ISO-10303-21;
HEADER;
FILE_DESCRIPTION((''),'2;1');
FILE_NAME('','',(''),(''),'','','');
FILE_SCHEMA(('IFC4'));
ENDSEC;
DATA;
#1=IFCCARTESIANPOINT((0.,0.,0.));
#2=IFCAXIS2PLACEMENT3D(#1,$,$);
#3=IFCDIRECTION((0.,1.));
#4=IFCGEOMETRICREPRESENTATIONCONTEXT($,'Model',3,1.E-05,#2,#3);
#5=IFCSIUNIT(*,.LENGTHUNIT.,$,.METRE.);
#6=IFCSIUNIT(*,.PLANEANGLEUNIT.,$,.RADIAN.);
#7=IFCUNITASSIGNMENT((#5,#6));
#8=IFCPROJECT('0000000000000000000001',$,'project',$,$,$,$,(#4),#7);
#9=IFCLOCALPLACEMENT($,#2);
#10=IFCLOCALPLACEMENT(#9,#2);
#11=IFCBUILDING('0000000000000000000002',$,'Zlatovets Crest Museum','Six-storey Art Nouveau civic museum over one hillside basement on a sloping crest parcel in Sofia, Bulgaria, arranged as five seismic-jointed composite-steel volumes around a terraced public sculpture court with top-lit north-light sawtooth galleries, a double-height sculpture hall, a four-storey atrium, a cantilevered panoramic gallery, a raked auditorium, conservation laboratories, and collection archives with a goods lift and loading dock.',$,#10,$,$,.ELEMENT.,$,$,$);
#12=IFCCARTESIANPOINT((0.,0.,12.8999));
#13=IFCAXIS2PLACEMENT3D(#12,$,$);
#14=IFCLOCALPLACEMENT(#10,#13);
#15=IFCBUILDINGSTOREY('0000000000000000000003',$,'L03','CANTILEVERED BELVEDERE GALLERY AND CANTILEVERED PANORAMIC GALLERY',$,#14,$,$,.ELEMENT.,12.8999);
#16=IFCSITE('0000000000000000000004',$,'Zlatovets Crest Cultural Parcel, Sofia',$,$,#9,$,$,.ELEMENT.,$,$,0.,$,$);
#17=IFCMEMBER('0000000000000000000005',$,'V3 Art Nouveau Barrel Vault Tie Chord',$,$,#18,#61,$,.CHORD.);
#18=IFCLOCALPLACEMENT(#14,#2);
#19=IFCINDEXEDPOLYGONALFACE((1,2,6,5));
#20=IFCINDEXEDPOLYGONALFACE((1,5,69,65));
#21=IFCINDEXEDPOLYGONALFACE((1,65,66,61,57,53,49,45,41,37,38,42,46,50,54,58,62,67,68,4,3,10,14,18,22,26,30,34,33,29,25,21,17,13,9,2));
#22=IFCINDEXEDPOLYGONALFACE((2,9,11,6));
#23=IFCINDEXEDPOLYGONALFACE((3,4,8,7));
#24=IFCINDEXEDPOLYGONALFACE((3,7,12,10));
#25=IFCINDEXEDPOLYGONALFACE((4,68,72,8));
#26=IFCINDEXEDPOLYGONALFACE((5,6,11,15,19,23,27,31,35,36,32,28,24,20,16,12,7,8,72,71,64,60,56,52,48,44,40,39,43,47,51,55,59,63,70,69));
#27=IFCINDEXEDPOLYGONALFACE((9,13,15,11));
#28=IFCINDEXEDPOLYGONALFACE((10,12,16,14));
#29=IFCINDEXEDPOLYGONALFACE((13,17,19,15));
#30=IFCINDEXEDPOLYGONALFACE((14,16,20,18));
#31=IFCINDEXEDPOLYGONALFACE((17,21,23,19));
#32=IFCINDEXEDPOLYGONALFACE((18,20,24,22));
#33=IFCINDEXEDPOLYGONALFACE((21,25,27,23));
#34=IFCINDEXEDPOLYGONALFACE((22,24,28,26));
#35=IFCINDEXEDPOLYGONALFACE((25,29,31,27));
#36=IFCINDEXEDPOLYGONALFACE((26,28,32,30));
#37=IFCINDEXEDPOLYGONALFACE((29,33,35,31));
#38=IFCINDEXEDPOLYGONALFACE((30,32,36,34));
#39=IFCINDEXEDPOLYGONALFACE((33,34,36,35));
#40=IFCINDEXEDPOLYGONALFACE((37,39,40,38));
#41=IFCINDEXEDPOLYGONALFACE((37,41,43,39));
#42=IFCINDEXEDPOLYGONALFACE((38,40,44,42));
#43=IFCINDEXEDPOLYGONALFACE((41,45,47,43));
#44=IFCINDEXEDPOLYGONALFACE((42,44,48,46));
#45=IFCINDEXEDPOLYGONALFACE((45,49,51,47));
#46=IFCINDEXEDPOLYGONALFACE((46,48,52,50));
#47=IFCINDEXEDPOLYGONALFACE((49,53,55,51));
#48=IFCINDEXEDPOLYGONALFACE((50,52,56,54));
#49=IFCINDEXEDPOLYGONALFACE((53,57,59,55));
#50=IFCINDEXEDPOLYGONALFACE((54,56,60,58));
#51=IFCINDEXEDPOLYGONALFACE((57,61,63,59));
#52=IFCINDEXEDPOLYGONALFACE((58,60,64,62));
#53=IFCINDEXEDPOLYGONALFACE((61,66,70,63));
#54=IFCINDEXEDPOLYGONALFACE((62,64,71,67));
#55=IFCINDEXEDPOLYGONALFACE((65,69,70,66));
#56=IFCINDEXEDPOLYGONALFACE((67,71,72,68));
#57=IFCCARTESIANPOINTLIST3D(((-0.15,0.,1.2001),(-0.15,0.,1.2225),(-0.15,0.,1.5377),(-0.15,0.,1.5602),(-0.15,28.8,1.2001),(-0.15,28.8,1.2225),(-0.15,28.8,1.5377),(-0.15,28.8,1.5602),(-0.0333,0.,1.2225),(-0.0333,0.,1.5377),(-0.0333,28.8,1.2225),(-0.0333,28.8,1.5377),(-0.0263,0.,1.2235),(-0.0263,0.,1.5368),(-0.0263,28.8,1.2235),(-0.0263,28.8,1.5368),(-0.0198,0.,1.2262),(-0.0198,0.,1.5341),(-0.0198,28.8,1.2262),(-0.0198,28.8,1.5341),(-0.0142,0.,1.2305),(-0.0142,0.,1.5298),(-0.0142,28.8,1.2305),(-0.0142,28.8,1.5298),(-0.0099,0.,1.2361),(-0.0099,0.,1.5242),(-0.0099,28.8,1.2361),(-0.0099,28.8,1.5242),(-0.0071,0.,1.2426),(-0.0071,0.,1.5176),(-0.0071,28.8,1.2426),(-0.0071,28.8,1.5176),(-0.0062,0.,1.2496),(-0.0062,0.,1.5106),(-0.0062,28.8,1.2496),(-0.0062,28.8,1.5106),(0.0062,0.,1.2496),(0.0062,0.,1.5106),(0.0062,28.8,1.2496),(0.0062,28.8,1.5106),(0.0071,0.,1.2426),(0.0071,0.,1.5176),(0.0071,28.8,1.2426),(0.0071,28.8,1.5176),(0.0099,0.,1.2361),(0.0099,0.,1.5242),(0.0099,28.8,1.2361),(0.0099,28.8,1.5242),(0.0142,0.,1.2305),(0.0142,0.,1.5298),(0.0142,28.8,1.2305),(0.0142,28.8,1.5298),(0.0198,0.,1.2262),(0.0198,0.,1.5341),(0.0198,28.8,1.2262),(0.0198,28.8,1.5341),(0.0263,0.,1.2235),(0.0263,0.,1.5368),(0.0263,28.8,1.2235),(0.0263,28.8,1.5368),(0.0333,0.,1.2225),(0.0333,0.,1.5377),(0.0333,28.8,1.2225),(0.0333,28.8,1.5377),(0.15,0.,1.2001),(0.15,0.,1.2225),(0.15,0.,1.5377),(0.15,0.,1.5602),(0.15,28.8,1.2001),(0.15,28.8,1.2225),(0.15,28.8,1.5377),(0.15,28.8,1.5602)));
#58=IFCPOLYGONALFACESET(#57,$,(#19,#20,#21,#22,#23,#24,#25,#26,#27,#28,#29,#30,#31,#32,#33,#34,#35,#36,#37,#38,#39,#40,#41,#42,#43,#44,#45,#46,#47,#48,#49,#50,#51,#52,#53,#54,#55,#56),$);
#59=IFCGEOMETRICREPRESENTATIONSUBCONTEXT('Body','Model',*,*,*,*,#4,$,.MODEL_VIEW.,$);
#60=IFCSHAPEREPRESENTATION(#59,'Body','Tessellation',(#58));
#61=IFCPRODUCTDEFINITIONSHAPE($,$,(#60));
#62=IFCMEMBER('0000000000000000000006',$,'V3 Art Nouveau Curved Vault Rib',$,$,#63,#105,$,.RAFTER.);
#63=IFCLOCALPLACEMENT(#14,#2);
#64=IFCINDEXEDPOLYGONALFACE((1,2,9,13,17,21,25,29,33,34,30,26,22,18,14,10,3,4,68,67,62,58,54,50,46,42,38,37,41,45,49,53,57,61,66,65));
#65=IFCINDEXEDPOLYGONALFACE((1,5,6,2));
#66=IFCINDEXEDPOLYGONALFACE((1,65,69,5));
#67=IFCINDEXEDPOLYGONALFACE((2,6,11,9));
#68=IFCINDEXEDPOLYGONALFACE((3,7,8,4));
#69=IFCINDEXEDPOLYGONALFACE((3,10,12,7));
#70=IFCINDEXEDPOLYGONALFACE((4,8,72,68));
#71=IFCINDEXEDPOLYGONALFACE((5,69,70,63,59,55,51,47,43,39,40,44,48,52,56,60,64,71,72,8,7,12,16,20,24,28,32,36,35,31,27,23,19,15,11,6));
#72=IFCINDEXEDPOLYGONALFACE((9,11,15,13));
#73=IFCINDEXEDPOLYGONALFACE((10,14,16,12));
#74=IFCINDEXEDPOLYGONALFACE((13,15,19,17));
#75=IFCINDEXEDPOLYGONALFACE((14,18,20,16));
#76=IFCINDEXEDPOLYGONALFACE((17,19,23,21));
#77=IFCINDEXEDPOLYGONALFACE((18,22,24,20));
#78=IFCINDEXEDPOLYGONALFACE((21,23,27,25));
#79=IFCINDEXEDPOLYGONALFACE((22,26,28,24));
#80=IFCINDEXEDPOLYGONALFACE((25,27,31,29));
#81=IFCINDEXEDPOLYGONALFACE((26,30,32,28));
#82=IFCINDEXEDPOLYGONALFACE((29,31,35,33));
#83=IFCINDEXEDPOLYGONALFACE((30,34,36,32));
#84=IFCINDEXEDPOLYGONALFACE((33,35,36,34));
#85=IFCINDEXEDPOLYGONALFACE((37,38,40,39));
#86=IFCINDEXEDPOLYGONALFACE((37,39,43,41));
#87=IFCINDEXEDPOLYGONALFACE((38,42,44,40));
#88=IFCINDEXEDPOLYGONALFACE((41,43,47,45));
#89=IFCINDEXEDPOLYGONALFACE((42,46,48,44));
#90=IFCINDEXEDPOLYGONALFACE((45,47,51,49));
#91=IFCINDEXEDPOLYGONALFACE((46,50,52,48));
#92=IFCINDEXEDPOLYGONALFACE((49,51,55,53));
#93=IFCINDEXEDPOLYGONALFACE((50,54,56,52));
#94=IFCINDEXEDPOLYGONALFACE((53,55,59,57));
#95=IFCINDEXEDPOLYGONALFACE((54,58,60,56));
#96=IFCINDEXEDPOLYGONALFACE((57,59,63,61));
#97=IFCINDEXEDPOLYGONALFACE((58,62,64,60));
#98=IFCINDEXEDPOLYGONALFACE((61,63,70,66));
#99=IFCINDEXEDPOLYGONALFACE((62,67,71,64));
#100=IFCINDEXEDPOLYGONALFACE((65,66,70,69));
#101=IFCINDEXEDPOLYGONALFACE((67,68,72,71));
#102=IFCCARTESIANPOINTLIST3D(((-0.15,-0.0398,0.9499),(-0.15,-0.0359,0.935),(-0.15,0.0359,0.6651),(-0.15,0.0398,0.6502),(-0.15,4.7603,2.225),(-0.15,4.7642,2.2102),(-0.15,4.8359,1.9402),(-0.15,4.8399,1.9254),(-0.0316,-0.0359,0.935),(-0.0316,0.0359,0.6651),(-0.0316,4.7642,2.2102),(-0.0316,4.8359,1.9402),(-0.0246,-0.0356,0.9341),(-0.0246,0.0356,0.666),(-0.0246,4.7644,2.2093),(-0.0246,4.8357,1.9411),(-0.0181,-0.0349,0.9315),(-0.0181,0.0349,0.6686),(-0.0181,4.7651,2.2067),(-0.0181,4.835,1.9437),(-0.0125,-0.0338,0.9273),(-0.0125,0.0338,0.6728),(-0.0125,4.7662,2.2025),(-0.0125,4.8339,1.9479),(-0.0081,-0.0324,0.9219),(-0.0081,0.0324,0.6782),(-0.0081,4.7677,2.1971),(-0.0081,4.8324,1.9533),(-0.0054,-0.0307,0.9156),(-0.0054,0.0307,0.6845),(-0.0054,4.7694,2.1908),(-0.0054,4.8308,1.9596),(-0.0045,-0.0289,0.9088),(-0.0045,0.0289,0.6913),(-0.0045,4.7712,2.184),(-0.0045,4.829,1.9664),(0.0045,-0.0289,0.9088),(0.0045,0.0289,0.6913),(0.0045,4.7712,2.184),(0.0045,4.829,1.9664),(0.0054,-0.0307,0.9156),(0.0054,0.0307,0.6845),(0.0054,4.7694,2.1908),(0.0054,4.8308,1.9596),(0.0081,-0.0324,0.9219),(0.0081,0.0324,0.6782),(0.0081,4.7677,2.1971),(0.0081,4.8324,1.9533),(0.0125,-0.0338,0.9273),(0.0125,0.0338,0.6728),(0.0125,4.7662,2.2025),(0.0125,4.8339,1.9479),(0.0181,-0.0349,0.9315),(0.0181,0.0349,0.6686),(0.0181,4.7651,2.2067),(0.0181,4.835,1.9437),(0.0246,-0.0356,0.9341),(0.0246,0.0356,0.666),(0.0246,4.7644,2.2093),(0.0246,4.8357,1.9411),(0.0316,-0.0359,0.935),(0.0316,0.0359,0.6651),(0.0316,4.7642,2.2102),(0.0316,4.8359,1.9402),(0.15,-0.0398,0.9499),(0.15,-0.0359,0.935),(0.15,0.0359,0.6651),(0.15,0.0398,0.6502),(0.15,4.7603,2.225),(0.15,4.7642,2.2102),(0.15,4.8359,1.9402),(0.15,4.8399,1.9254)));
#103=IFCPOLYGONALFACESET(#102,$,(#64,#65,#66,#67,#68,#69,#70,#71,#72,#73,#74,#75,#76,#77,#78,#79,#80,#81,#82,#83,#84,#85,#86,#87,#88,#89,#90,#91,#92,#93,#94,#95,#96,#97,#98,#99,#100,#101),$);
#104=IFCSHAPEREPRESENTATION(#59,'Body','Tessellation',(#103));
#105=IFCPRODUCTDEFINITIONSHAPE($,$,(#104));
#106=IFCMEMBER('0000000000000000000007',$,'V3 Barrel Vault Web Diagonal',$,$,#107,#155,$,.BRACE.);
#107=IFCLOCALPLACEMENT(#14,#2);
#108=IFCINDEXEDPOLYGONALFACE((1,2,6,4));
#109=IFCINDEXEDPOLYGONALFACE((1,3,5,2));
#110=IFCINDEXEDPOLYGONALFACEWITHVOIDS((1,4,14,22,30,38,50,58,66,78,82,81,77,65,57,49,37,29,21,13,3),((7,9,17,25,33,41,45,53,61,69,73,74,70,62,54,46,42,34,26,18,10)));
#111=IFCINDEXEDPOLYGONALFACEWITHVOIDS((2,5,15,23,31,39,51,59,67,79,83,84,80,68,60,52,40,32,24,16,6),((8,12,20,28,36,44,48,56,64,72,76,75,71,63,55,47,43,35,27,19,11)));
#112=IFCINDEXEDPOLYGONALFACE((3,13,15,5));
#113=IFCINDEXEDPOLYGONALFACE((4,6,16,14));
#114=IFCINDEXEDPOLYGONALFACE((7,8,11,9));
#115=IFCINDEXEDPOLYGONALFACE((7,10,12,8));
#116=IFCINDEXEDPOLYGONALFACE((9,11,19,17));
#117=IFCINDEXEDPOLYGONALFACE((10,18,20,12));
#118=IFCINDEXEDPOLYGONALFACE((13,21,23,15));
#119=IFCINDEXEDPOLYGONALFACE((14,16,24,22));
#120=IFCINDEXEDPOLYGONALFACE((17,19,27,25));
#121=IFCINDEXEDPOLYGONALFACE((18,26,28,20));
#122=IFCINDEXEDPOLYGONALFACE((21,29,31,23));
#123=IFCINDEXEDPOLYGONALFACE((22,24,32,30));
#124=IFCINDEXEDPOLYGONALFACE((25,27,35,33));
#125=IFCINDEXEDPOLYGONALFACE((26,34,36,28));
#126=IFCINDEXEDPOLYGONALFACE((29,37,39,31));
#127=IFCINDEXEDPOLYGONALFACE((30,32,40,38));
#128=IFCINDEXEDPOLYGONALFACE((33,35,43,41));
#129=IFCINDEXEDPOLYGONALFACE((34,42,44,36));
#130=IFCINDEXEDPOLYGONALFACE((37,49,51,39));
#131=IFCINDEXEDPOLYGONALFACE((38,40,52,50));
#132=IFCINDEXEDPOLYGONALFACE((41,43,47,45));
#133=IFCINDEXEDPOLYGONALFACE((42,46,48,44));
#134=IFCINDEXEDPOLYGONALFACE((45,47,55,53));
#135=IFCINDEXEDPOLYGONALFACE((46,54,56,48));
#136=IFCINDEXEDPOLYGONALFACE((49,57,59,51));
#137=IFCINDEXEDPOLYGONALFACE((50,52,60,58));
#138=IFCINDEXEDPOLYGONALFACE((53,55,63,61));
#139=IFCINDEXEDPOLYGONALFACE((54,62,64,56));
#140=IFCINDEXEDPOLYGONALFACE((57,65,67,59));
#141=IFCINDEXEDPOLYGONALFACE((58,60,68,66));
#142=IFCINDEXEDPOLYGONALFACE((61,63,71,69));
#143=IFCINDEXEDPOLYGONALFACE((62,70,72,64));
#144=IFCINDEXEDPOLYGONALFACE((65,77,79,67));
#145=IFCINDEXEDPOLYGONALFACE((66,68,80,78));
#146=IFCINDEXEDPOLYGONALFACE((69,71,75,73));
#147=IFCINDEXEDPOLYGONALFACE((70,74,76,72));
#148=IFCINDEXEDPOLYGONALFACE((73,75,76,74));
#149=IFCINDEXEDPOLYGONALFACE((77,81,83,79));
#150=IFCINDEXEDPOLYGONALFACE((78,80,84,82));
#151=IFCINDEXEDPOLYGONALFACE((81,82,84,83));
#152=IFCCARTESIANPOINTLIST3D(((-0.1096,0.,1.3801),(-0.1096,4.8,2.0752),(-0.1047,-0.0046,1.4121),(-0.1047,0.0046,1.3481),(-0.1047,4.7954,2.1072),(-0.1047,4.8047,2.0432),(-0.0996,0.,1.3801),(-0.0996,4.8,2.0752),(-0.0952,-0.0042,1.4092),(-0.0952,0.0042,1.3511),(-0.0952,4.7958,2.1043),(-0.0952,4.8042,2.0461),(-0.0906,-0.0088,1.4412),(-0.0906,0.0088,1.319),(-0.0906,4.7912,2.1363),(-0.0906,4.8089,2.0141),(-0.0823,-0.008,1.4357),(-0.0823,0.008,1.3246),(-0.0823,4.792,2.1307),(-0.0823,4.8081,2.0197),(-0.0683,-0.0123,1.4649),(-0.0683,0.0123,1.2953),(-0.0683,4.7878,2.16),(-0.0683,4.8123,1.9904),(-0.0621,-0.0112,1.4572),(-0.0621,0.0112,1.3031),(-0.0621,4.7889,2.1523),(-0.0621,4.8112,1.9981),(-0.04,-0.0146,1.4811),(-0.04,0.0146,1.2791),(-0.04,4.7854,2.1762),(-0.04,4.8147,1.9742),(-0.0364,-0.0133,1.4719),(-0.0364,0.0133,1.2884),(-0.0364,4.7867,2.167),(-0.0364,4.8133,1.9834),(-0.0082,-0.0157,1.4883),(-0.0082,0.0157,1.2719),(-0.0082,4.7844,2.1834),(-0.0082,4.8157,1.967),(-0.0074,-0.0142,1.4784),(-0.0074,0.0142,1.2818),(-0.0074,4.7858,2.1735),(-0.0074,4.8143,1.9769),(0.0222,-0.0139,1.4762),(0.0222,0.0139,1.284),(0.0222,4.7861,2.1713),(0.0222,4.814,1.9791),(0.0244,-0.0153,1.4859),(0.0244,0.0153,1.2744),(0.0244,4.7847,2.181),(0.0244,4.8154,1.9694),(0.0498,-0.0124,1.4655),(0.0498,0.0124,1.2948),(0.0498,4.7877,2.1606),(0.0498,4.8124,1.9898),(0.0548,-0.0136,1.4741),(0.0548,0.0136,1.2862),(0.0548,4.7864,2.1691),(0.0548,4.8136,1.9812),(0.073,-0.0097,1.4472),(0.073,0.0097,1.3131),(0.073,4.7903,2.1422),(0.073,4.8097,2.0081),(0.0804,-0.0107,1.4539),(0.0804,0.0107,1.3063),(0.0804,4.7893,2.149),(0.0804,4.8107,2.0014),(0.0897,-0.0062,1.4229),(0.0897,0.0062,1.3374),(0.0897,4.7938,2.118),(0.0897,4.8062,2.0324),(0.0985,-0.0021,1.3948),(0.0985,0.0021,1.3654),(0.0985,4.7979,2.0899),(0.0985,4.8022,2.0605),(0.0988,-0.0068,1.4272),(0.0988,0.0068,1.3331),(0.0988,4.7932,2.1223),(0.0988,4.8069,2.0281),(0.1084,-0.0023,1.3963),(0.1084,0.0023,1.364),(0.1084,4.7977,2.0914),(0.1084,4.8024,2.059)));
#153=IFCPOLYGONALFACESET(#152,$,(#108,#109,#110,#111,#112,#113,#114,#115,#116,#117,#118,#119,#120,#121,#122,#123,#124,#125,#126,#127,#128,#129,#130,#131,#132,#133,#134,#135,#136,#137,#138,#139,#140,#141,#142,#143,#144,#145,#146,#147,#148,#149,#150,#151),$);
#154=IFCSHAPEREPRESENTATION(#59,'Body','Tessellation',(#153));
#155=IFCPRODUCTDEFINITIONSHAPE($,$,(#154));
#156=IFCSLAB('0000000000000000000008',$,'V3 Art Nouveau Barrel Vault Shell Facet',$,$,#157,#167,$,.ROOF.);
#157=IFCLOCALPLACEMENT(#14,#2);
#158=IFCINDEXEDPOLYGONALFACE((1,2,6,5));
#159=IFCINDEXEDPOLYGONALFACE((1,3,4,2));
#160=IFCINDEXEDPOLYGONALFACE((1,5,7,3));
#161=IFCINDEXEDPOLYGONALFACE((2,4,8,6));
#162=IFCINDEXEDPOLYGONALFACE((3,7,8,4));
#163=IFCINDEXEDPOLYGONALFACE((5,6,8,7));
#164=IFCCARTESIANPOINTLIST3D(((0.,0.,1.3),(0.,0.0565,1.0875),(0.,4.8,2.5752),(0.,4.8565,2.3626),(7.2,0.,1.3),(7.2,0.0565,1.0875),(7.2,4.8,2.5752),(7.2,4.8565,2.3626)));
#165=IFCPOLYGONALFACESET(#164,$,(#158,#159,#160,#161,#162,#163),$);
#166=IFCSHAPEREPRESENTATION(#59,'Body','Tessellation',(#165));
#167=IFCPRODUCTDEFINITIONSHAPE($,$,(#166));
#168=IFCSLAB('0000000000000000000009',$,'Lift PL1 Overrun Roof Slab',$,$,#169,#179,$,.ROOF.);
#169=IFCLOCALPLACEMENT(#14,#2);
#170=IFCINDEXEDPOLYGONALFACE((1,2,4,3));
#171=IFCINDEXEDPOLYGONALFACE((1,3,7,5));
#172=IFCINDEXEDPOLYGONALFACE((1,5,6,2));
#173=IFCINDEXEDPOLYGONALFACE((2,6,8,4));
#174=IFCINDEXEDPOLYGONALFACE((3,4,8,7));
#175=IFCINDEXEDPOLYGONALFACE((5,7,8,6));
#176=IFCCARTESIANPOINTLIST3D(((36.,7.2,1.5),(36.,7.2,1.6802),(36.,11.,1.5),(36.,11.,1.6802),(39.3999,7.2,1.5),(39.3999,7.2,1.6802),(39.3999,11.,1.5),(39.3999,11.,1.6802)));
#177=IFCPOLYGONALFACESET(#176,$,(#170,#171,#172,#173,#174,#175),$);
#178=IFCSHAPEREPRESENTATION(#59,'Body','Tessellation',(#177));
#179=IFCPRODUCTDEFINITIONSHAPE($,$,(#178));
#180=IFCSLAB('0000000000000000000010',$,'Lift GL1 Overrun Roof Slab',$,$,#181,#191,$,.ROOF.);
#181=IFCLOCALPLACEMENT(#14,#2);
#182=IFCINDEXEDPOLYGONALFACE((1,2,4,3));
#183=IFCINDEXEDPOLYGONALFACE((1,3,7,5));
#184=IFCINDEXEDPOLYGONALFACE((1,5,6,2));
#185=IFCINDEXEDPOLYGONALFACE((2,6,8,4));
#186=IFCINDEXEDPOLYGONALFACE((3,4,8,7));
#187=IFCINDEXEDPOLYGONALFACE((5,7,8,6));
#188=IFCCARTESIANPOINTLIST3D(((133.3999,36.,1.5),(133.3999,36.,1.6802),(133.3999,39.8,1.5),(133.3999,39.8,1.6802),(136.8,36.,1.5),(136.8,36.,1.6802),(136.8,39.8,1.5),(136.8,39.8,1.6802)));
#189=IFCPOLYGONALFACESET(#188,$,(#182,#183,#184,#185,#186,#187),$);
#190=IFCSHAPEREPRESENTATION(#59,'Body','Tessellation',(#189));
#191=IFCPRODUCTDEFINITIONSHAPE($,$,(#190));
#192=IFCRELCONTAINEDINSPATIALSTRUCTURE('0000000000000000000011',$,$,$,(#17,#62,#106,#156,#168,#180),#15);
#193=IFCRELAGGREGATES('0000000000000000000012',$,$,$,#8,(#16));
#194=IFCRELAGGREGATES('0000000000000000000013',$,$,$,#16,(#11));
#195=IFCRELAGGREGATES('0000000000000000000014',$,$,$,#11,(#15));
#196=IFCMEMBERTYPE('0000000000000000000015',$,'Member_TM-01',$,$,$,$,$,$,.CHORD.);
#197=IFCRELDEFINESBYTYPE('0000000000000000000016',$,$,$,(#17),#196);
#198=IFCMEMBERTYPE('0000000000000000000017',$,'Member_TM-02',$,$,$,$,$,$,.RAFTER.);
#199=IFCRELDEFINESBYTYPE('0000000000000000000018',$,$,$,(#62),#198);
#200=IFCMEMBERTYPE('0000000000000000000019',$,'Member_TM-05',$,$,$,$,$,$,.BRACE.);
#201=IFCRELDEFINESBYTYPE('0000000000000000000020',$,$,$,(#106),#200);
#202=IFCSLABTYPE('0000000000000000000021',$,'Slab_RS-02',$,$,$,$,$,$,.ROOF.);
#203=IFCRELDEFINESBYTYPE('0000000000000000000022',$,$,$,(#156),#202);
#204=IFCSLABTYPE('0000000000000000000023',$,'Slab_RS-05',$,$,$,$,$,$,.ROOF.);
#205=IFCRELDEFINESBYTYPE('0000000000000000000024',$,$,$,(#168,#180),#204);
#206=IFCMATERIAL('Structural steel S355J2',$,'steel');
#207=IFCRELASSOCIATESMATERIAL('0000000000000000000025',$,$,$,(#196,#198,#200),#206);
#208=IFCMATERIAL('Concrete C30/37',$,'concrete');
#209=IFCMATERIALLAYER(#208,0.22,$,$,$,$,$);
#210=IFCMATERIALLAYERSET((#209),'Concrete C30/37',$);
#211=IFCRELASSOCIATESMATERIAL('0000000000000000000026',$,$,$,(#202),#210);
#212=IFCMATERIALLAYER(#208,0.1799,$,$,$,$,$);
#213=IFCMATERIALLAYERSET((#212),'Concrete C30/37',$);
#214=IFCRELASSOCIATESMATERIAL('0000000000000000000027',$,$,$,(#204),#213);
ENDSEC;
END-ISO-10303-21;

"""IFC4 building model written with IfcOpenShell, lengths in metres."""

from ifc_helpers import new_model, si_unit, direction, frame, origin, origin_2d, place, context, subcontext, project, spatial, polyline, hollow_circle, i_section, outline, extrude, material, layer, layer_set, material_profile, profile_set, type_object, element, save


model = new_model("IFC4")

# Units and contexts
model_context = context("Model", 3, precision=1e-05, world=origin(), true_north=direction((0.0, 1.0)))
body_context = subcontext(model_context, "Body", "Model", "MODEL_VIEW")
ifc_project = project(units=[si_unit("LENGTHUNIT", "METRE"), si_unit("PLANEANGLEUNIT", "RADIAN")], contexts=[model_context])

# Site, building, storey
site_placement = place(None, origin())
site = spatial("IfcSite", under=ifc_project, at=site_placement, Name="Zlatovets Crest Cultural Parcel, Sofia", CompositionType="ELEMENT", RefElevation=0.0)
building_placement = place(site_placement, origin())
building = spatial("IfcBuilding", under=site, at=building_placement, Name="Zlatovets Crest Museum", Description="Six-storey Art Nouveau civic museum over one hillside basement on a sloping crest parcel in Sofia, Bulgaria, arranged as five seismic-jointed composite-steel volumes around a terraced public sculpture court with top-lit north-light sawtooth galleries, a double-height sculpture hall, a four-storey atrium, a cantilevered panoramic gallery, a raked auditorium, conservation laboratories, and collection archives with a goods lift and loading dock.", CompositionType="ELEMENT")
storey_placement = place(building_placement, frame((0.0, 0.0, 12.8999)))
storey = spatial("IfcBuildingStorey", under=building, at=storey_placement, Name="L03", Description="CANTILEVERED BELVEDERE GALLERY AND CANTILEVERED PANORAMIC GALLERY", CompositionType="ELEMENT", Elevation=12.8999)

# Members
ifc_material_1 = material(Name="Structural steel S355J2", Category="steel")
ifc_material_profile_1 = material_profile(ifc_material_1, i_section(OverallWidth=0.3, OverallDepth=0.3601, WebThickness=0.0125, FlangeThickness=0.0225, FilletRadius=0.0271, at=origin_2d()), Name="HEB 360")
ifc_profile_set_1 = profile_set([ifc_material_profile_1], Name="Structural steel S355J2")
member_type_1 = type_object("IfcMemberType", Name="Member_TM-01", PredefinedType="CHORD", material=ifc_profile_set_1)
member_1_placement = place(storey_placement, frame((0.0, 0.0, 1.3801), z_axis=(0.0, 1.0, 0.0), x_axis=(-1.0, 0.0, 0.0)))
element("IfcMember", 1, at=member_1_placement, inside=storey, type_object=member_type_1, Name="V3 Art Nouveau Barrel Vault Tie Chord", PredefinedType="CHORD", context=body_context, shape_type="SweptSolid", body=[
    extrude(i_section(OverallWidth=0.3, OverallDepth=0.3601, WebThickness=0.0125, FlangeThickness=0.0225, FilletRadius=0.0271, at=origin_2d()), origin(), (0.0, 0.0, 1.0), 28.8),
])
ifc_material_profile_2 = material_profile(ifc_material_1, i_section(OverallWidth=0.3, OverallDepth=0.3101, WebThickness=0.009, FlangeThickness=0.0154, FilletRadius=0.0271, at=origin_2d()), Name="HEA 320")
ifc_profile_set_2 = profile_set([ifc_material_profile_2], Name="Structural steel S355J2")
member_type_2 = type_object("IfcMemberType", Name="Member_TM-02", PredefinedType="RAFTER", material=ifc_profile_set_2)
member_2_placement = place(storey_placement, frame((0.0, 0.0, 0.8), z_axis=(0.0, 0.966478, 0.256748), x_axis=(-1.0, 0.0, 0.0)))
element("IfcMember", 2, at=member_2_placement, inside=storey, type_object=member_type_2, Name="V3 Art Nouveau Curved Vault Rib", PredefinedType="RAFTER", context=body_context, shape_type="SweptSolid", body=[
    extrude(i_section(OverallWidth=0.3, OverallDepth=0.3101, WebThickness=0.009, FlangeThickness=0.0154, FilletRadius=0.0271, at=origin_2d()), origin(), (0.0, 0.0, 1.0), 4.9666),
])
ifc_material_profile_3 = material_profile(ifc_material_1, hollow_circle(Radius=0.1096, WallThickness=0.01, at=origin_2d()), Name="CHS 219.1x10.0")
ifc_profile_set_3 = profile_set([ifc_material_profile_3], Name="Structural steel S355J2")
member_type_3 = type_object("IfcMemberType", Name="Member_TM-05", PredefinedType="BRACE", material=ifc_profile_set_3)
member_3_placement = place(storey_placement, frame((0.0, 0.0, 1.3801), z_axis=(0.0, 0.989678, 0.14331), x_axis=(-1.0, 0.0, 0.0)))
element("IfcMember", 3, at=member_3_placement, inside=storey, type_object=member_type_3, Name="V3 Barrel Vault Web Diagonal", PredefinedType="BRACE", context=body_context, shape_type="SweptSolid", body=[
    extrude(hollow_circle(Radius=0.1096, WallThickness=0.01, at=origin_2d()), origin(), (0.0, 0.0, 1.0), 4.8501),
])

# Slabs
ifc_material_2 = material(Name="Concrete C30/37", Category="concrete")
ifc_layer_1 = layer(ifc_material_2, 0.22)
ifc_layer_set_1 = layer_set([ifc_layer_1], Name="Concrete C30/37")
slab_type_1 = type_object("IfcSlabType", Name="Slab_RS-02", PredefinedType="ROOF", material=ifc_layer_set_1)
slab_1_placement = place(storey_placement, frame((0.0, 0.0, 1.3), z_axis=(0.0, -0.256748, 0.966478), x_axis=(1.0, 0.0, 0.0)))
element("IfcSlab", 4, at=slab_1_placement, inside=storey, type_object=slab_type_1, Name="V3 Art Nouveau Barrel Vault Shell Facet", PredefinedType="ROOF", context=body_context, shape_type="SweptSolid", body=[
    extrude(outline(polyline([(0.0, 0.0), (7.2, 0.0), (7.2, 4.9665), (0.0, 4.9665), (0.0, 0.0)])), origin(), (0.0, 0.0, -1.0), 0.22),
])
ifc_layer_2 = layer(ifc_material_2, 0.1799)
ifc_layer_set_2 = layer_set([ifc_layer_2], Name="Concrete C30/37")
slab_type_2 = type_object("IfcSlabType", Name="Slab_RS-05", PredefinedType="ROOF", material=ifc_layer_set_2)
slab_2_placement = place(storey_placement, frame((0.0, 0.0, 1.5)))
element("IfcSlab", 5, at=slab_2_placement, inside=storey, type_object=slab_type_2, Name="Lift PL1 Overrun Roof Slab", PredefinedType="ROOF", context=body_context, shape_type="SweptSolid", body=[
    extrude(outline(polyline([(36.0, 7.2), (39.3999, 7.2), (39.3999, 11.0), (36.0, 11.0), (36.0, 7.2)])), origin(), (0.0, 0.0, 1.0), 0.1802),
])
slab_3_placement = place(storey_placement, frame((0.0, 0.0, 1.5)))
element("IfcSlab", 6, at=slab_3_placement, inside=storey, type_object=slab_type_2, Name="Lift GL1 Overrun Roof Slab", PredefinedType="ROOF", context=body_context, shape_type="SweptSolid", body=[
    extrude(outline(polyline([(133.3999, 36.0), (136.8, 36.0), (136.8, 39.8), (133.3999, 39.8), (133.3999, 36.0)])), origin(), (0.0, 0.0, 1.0), 0.1802),
])

save(model, "model.ifc")
